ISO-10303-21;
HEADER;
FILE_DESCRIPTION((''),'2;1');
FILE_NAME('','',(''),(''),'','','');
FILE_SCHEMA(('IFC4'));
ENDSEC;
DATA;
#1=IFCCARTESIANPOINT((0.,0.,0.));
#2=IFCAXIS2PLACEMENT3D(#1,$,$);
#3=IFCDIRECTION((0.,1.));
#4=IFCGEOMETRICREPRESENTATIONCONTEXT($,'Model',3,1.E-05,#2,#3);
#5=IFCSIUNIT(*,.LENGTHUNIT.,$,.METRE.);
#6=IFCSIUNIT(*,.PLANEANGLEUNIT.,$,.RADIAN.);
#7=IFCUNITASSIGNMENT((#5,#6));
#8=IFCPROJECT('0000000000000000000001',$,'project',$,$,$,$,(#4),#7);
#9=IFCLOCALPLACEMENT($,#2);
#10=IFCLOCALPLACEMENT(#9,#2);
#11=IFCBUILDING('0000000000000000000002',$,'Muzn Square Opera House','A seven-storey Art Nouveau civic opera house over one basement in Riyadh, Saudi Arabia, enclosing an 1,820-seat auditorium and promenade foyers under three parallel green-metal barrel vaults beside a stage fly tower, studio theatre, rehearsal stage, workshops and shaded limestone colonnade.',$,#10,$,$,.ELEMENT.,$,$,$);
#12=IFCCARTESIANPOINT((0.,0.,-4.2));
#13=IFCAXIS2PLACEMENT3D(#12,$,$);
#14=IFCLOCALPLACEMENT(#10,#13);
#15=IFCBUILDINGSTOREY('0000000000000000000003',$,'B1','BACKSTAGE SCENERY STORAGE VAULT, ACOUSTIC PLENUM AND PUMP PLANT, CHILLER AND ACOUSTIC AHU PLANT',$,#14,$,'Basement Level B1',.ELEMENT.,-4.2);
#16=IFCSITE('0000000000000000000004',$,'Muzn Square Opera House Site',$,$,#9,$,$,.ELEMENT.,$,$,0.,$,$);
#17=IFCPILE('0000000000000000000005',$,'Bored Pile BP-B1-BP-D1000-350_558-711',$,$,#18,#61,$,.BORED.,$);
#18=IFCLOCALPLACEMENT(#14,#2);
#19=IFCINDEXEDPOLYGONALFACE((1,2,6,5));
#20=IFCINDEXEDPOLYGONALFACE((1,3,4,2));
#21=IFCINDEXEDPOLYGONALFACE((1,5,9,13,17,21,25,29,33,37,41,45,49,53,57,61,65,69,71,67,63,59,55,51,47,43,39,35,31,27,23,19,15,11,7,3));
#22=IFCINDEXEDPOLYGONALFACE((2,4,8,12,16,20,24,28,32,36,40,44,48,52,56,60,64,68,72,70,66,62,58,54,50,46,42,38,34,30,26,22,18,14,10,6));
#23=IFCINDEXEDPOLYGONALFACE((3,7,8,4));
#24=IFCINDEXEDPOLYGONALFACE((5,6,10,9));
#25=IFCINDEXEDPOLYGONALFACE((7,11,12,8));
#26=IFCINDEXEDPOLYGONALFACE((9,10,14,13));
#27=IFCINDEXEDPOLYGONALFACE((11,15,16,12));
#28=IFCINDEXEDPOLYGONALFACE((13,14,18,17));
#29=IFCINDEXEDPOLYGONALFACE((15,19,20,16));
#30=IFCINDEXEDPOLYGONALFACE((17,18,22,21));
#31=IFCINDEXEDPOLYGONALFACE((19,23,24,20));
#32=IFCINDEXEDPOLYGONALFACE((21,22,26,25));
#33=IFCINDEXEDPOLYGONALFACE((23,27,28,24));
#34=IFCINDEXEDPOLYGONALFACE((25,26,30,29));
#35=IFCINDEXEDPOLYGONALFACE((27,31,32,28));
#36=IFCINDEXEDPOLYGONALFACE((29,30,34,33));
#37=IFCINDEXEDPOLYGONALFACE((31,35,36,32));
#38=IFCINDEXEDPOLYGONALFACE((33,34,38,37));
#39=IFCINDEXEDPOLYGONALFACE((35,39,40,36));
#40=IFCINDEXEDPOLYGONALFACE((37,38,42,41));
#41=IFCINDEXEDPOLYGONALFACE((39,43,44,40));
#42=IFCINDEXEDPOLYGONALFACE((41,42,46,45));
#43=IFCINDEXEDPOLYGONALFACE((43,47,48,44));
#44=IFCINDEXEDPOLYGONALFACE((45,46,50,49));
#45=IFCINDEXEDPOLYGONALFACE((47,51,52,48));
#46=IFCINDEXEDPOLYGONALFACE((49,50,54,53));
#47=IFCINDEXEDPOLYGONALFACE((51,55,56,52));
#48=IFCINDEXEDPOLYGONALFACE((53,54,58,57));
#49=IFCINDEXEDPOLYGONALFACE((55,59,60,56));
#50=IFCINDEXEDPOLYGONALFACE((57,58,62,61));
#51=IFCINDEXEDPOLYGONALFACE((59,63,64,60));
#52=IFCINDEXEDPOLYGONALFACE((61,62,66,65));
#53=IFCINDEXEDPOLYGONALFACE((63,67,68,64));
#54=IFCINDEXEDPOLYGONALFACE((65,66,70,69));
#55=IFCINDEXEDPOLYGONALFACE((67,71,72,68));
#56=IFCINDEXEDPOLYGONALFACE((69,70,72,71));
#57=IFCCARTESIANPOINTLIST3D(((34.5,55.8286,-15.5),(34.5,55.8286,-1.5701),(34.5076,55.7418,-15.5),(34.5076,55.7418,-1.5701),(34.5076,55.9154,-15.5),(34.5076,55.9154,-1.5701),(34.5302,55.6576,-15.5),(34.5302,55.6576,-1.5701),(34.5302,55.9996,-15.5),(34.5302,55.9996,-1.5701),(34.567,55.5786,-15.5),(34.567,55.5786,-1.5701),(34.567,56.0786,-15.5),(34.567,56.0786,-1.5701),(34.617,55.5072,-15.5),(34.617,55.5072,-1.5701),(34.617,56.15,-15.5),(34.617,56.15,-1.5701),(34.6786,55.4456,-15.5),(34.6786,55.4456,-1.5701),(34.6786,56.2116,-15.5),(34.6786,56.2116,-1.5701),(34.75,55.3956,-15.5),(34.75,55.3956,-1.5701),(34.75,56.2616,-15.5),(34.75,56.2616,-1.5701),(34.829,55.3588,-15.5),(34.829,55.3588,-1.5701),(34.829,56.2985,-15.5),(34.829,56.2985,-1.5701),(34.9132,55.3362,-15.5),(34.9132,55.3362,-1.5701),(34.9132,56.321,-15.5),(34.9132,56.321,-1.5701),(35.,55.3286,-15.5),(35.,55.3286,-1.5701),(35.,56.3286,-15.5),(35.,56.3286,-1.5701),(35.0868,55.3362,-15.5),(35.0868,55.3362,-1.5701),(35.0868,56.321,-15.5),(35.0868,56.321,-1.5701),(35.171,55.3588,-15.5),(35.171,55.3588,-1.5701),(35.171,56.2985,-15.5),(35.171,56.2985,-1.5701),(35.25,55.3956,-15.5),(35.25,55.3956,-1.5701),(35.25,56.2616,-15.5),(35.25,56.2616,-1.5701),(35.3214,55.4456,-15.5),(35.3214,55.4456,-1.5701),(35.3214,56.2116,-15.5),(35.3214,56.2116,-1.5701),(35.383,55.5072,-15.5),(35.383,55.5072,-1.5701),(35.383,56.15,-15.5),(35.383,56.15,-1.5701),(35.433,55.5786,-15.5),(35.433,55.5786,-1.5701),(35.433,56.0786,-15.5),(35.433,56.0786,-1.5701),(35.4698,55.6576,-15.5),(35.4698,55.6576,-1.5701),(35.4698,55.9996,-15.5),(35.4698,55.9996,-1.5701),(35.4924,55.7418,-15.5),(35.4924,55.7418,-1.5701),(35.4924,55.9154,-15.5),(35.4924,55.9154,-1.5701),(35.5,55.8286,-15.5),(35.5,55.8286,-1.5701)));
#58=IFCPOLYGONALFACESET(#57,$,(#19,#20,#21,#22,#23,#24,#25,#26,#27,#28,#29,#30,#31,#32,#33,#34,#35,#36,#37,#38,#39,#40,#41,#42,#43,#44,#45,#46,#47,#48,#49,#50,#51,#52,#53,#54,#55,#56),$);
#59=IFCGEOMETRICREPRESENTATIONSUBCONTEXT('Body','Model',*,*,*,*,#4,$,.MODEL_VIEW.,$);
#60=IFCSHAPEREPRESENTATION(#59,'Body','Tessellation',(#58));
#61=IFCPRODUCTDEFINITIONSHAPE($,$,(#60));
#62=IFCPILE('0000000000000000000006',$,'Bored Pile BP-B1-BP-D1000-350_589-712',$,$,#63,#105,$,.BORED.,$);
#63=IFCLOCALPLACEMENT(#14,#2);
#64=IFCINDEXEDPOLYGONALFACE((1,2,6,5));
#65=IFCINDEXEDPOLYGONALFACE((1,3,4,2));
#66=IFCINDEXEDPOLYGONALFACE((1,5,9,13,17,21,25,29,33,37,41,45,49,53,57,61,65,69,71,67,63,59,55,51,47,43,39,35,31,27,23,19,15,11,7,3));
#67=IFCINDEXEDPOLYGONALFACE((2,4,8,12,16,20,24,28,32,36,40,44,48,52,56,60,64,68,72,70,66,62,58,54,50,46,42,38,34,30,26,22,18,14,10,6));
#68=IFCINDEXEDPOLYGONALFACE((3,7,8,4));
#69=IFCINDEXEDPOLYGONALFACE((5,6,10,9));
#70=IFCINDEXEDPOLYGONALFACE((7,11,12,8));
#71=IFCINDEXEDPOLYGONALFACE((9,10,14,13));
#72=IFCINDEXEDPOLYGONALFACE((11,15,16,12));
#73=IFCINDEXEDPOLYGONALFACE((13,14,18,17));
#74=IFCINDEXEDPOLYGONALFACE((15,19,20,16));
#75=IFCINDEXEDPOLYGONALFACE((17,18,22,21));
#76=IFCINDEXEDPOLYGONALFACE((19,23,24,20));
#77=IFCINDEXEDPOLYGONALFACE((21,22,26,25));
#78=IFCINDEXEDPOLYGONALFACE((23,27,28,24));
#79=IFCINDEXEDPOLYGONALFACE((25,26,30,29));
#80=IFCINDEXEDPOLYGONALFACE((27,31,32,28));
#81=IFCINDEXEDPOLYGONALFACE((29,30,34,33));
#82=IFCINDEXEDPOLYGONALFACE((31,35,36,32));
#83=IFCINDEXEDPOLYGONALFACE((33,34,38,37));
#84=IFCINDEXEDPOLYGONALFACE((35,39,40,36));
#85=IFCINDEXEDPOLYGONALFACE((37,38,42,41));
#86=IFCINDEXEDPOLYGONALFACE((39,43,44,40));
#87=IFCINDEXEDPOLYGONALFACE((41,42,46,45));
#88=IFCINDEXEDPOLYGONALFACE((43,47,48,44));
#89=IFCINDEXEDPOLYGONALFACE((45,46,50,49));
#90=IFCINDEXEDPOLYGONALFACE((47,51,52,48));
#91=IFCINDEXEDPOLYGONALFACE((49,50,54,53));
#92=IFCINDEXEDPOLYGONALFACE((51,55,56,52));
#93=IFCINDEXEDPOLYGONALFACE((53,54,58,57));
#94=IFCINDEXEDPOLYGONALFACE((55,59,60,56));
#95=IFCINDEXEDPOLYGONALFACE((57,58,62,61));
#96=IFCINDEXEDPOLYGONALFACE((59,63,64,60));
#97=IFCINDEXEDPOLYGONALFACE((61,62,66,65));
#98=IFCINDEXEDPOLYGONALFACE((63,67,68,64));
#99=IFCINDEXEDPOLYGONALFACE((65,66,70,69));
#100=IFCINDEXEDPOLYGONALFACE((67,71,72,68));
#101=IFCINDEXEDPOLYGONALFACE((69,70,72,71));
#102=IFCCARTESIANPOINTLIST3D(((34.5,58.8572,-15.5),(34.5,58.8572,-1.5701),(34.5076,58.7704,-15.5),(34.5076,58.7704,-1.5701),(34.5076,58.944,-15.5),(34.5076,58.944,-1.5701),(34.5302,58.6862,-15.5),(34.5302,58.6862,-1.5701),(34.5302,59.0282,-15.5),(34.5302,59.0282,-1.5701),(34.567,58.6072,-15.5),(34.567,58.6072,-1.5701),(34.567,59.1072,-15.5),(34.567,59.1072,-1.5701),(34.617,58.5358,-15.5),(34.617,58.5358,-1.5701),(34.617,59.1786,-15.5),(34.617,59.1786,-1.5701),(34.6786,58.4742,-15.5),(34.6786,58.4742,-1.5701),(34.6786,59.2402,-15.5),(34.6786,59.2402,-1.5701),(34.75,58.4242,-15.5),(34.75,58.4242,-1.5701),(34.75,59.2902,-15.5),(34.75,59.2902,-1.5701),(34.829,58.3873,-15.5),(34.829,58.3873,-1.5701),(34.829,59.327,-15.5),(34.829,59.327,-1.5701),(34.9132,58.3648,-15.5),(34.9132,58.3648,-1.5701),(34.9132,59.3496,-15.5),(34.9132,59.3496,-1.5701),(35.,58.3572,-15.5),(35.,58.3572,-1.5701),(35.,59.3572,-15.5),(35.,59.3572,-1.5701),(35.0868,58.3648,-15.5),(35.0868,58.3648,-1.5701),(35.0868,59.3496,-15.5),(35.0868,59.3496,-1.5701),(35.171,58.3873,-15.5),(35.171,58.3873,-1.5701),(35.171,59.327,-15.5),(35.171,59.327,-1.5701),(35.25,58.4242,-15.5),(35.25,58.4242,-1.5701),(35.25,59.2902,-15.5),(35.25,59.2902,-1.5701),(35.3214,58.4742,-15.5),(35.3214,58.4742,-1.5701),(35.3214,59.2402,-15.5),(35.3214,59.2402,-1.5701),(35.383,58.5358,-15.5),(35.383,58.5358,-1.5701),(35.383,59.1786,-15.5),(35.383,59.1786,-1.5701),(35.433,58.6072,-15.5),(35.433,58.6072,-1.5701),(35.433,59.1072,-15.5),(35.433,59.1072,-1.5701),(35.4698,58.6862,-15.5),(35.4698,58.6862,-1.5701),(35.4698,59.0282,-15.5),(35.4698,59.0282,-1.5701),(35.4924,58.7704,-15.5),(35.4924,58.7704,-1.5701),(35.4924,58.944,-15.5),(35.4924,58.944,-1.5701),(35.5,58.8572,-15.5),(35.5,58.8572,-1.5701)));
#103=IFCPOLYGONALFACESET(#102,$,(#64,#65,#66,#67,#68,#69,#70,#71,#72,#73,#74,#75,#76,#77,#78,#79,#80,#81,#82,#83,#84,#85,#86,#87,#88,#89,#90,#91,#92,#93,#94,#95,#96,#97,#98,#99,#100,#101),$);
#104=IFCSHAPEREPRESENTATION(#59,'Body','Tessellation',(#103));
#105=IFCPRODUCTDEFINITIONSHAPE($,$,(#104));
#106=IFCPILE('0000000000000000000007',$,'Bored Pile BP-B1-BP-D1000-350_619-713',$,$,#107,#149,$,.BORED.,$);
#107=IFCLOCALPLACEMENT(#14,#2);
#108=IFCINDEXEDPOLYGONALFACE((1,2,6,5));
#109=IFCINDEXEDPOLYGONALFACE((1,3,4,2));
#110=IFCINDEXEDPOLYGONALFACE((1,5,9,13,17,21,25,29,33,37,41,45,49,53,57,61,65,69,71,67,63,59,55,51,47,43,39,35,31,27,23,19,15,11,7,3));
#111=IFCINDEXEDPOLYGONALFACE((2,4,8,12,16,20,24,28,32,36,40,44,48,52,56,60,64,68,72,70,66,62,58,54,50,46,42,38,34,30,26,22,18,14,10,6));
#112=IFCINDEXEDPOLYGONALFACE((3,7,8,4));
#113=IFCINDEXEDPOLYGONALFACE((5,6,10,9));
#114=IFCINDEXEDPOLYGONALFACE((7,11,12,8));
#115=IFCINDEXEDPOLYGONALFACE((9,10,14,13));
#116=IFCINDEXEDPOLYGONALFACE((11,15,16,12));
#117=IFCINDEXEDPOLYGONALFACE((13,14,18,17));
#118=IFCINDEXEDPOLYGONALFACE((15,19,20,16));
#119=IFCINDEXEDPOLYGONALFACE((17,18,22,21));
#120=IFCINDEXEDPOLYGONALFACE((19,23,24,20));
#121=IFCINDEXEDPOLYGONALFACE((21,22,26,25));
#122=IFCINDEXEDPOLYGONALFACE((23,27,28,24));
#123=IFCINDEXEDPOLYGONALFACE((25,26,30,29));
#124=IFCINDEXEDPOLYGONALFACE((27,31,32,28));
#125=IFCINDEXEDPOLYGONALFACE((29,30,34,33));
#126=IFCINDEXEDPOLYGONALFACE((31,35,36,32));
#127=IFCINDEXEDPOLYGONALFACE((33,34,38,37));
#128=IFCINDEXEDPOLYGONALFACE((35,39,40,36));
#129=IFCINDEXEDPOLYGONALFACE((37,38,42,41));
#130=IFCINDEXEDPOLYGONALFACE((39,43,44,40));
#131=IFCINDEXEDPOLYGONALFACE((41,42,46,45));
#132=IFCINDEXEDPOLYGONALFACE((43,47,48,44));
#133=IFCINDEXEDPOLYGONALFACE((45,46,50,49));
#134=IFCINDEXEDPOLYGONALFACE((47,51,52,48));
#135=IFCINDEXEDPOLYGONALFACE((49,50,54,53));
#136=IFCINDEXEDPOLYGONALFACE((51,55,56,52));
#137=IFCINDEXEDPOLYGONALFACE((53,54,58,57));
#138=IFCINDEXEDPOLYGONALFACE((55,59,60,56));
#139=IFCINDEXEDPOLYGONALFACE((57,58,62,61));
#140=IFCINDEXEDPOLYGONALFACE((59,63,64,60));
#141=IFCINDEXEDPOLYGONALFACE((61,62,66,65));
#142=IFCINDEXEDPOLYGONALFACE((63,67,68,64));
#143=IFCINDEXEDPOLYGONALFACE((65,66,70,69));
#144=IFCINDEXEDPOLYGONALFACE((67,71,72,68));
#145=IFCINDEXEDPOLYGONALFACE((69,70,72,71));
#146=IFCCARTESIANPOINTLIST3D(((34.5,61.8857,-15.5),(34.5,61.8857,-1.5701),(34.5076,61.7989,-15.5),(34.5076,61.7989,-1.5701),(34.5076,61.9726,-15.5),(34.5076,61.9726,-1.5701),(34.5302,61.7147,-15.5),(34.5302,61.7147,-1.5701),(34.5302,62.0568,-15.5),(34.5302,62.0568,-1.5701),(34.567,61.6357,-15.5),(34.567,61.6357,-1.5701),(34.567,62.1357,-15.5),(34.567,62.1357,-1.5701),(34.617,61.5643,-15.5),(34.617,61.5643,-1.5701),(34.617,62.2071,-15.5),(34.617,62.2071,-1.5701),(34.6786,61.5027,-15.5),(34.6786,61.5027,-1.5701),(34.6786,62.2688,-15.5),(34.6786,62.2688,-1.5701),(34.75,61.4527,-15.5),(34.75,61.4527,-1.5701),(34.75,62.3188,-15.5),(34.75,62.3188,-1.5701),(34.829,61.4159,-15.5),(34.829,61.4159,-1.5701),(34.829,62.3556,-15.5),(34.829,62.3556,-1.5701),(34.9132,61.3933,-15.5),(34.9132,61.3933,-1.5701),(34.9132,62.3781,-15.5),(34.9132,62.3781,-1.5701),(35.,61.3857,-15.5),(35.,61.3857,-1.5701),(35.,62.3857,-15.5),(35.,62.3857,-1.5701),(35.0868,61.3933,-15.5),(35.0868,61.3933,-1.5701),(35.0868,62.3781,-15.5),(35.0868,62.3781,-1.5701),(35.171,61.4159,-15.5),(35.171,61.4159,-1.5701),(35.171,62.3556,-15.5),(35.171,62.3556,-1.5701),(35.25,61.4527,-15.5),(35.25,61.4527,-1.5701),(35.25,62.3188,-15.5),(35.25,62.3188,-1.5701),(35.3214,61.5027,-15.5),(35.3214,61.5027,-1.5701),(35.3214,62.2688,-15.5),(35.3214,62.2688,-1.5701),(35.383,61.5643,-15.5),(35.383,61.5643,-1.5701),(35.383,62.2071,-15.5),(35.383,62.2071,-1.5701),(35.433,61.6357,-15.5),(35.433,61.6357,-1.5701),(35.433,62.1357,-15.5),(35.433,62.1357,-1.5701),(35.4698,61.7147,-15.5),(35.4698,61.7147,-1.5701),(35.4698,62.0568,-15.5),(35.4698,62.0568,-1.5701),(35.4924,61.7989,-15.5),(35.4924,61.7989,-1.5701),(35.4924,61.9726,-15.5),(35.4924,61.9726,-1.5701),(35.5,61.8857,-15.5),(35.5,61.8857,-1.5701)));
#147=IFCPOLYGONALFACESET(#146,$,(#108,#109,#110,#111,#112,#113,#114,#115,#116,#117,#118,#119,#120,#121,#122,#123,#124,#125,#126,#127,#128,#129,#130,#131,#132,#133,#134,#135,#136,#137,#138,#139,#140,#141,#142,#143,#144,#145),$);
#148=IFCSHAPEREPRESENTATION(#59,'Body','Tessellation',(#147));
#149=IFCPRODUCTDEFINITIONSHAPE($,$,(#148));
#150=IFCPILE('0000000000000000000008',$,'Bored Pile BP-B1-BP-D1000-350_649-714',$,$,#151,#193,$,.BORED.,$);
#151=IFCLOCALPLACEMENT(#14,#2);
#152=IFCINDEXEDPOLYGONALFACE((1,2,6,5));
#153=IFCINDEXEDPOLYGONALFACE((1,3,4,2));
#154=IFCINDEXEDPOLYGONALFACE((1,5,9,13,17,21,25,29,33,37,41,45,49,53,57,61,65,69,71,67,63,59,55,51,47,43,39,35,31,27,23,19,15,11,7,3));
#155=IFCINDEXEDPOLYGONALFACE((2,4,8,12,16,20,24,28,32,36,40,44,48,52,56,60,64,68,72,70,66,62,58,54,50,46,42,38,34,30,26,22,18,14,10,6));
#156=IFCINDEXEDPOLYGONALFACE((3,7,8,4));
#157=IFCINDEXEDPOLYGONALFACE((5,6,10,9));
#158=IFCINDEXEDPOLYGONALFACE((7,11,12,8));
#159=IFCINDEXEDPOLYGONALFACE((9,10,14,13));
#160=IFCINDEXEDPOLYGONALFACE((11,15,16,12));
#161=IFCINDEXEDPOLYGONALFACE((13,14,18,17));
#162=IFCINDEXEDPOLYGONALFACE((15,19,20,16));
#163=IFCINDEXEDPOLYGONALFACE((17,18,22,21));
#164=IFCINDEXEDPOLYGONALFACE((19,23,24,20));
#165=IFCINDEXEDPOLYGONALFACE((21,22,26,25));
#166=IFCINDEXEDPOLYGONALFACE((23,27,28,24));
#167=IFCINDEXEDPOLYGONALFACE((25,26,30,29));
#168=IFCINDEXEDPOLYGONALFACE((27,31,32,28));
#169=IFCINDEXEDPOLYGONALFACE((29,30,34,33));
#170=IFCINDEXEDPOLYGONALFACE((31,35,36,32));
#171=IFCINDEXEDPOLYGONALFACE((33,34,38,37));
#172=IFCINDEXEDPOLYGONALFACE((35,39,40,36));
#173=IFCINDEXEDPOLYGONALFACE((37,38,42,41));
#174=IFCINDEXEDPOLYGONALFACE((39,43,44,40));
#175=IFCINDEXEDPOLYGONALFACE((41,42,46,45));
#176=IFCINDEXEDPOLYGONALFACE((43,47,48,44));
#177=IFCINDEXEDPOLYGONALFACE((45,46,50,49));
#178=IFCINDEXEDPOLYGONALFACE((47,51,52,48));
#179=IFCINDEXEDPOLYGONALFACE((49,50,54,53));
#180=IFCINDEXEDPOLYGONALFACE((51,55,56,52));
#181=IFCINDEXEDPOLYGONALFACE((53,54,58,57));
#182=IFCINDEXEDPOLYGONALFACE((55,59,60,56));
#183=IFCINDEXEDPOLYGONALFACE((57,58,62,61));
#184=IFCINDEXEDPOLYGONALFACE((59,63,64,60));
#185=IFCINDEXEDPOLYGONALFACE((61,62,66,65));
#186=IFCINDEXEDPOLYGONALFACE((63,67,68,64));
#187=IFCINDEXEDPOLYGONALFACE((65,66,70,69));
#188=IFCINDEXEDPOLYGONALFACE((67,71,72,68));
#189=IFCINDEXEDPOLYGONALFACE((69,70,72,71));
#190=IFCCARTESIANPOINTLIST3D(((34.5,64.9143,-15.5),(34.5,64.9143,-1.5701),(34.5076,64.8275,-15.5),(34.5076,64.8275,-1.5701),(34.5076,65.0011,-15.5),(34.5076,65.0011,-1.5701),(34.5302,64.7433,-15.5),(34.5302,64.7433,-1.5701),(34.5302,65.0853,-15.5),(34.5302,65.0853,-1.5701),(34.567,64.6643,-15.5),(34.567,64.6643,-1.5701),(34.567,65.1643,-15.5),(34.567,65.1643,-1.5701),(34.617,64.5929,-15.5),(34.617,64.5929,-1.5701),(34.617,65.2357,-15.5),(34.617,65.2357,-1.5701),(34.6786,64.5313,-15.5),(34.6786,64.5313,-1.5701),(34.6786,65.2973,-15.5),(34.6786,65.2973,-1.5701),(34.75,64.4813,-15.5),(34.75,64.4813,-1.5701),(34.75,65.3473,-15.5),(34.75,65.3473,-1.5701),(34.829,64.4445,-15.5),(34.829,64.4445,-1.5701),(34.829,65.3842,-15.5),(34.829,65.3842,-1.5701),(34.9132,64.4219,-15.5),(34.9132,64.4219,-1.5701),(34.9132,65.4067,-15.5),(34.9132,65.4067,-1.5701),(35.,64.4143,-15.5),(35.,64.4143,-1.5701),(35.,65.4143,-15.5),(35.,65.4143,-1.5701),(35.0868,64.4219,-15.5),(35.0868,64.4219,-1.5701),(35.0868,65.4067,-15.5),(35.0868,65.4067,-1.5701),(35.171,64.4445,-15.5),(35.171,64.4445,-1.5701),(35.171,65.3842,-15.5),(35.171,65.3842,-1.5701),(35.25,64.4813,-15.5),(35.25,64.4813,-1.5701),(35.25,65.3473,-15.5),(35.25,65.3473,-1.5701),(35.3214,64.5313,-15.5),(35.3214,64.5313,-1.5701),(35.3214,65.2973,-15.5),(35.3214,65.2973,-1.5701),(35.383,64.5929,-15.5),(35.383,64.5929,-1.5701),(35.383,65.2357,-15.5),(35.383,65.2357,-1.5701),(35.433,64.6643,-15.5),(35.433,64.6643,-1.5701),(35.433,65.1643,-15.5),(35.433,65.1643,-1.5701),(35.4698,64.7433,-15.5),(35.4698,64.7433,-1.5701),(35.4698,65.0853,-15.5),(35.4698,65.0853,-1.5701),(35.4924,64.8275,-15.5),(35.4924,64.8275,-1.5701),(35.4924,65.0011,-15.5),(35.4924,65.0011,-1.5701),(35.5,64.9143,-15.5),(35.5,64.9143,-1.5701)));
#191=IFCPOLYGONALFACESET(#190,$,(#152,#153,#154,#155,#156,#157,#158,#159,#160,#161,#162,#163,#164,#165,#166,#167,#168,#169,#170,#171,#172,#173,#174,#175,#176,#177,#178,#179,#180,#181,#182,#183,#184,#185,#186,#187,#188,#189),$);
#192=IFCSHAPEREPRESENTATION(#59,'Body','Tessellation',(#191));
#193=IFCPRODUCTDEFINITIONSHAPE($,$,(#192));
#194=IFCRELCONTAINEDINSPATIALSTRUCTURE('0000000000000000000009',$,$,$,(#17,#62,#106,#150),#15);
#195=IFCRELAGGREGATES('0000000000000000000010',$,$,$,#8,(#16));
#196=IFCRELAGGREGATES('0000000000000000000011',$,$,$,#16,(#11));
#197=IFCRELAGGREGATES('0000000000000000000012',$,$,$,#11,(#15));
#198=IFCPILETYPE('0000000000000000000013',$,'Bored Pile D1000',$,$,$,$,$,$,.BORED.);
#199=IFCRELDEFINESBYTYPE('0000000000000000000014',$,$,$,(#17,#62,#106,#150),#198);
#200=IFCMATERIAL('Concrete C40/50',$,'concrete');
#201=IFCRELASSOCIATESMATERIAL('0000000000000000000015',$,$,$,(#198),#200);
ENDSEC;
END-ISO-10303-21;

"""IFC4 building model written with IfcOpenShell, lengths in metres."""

from ifc_helpers import new_model, si_unit, direction, frame, origin, origin_2d, place, context, subcontext, project, spatial, circle, extrude, material, material_profile, profile_set, type_object, element, save


model = new_model("IFC4")

# Units and contexts
model_context = context("Model", 3, precision=1e-05, world=origin(), true_north=direction((0.0, 1.0)))
body_context = subcontext(model_context, "Body", "Model", "MODEL_VIEW")
ifc_project = project(units=[si_unit("LENGTHUNIT", "METRE"), si_unit("PLANEANGLEUNIT", "RADIAN")], contexts=[model_context])

# Site, building, storey
site_placement = place(None, origin())
site = spatial("IfcSite", under=ifc_project, at=site_placement, Name="Muzn Square Opera House Site", CompositionType="ELEMENT", RefElevation=0.0)
building_placement = place(site_placement, origin())
building = spatial("IfcBuilding", under=site, at=building_placement, Name="Muzn Square Opera House", Description="A seven-storey Art Nouveau civic opera house over one basement in Riyadh, Saudi Arabia, enclosing an 1,820-seat auditorium and promenade foyers under three parallel green-metal barrel vaults beside a stage fly tower, studio theatre, rehearsal stage, workshops and shaded limestone colonnade.", CompositionType="ELEMENT")
storey_placement = place(building_placement, frame((0.0, 0.0, -4.2)))
storey = spatial("IfcBuildingStorey", under=building, at=storey_placement, Name="B1", Description="BACKSTAGE SCENERY STORAGE VAULT, ACOUSTIC PLENUM AND PUMP PLANT, CHILLER AND ACOUSTIC AHU PLANT", LongName="Basement Level B1", CompositionType="ELEMENT", Elevation=-4.2)

# Piles
ifc_material_1 = material(Name="Concrete C40/50", Category="concrete")
ifc_material_profile_1 = material_profile(ifc_material_1, circle(Radius=0.5, at=origin_2d()), Name="BORED PILE D1000", Category="concrete")
ifc_profile_set_1 = profile_set([ifc_material_profile_1], Name="Concrete C40/50")
pile_type_1 = type_object("IfcPileType", Name="Bored Pile D1000", PredefinedType="BORED", material=ifc_profile_set_1)
for number, where, z_axis, x_axis, name in (
    (1, (35.0, 55.8286, -1.5701), (0.0, 0.0, -1.0), (1.0, 0.0, 0.0), "Bored Pile BP-B1-BP-D1000-350_558-711"),
    (2, (35.0, 58.8572, -1.5701), (0.0, 0.0, -1.0), (1.0, 0.0, 0.0), "Bored Pile BP-B1-BP-D1000-350_589-712"),
    (3, (35.0, 61.8857, -1.5701), (0.0, 0.0, -1.0), (1.0, 0.0, 0.0), "Bored Pile BP-B1-BP-D1000-350_619-713"),
    (4, (35.0, 64.9143, -1.5701), (0.0, 0.0, -1.0), (1.0, 0.0, 0.0), "Bored Pile BP-B1-BP-D1000-350_649-714"),
):
    element("IfcPile", number, at=place(storey_placement, frame(where, z_axis=z_axis, x_axis=x_axis)), inside=storey, type_object=pile_type_1, Name=name, PredefinedType="BORED", context=body_context, shape_type="SweptSolid", body=[
        extrude(circle(Radius=0.5, at=origin_2d()), origin(), (0.0, 0.0, 1.0), 13.9299),
    ])

save(model, "model.ifc")
